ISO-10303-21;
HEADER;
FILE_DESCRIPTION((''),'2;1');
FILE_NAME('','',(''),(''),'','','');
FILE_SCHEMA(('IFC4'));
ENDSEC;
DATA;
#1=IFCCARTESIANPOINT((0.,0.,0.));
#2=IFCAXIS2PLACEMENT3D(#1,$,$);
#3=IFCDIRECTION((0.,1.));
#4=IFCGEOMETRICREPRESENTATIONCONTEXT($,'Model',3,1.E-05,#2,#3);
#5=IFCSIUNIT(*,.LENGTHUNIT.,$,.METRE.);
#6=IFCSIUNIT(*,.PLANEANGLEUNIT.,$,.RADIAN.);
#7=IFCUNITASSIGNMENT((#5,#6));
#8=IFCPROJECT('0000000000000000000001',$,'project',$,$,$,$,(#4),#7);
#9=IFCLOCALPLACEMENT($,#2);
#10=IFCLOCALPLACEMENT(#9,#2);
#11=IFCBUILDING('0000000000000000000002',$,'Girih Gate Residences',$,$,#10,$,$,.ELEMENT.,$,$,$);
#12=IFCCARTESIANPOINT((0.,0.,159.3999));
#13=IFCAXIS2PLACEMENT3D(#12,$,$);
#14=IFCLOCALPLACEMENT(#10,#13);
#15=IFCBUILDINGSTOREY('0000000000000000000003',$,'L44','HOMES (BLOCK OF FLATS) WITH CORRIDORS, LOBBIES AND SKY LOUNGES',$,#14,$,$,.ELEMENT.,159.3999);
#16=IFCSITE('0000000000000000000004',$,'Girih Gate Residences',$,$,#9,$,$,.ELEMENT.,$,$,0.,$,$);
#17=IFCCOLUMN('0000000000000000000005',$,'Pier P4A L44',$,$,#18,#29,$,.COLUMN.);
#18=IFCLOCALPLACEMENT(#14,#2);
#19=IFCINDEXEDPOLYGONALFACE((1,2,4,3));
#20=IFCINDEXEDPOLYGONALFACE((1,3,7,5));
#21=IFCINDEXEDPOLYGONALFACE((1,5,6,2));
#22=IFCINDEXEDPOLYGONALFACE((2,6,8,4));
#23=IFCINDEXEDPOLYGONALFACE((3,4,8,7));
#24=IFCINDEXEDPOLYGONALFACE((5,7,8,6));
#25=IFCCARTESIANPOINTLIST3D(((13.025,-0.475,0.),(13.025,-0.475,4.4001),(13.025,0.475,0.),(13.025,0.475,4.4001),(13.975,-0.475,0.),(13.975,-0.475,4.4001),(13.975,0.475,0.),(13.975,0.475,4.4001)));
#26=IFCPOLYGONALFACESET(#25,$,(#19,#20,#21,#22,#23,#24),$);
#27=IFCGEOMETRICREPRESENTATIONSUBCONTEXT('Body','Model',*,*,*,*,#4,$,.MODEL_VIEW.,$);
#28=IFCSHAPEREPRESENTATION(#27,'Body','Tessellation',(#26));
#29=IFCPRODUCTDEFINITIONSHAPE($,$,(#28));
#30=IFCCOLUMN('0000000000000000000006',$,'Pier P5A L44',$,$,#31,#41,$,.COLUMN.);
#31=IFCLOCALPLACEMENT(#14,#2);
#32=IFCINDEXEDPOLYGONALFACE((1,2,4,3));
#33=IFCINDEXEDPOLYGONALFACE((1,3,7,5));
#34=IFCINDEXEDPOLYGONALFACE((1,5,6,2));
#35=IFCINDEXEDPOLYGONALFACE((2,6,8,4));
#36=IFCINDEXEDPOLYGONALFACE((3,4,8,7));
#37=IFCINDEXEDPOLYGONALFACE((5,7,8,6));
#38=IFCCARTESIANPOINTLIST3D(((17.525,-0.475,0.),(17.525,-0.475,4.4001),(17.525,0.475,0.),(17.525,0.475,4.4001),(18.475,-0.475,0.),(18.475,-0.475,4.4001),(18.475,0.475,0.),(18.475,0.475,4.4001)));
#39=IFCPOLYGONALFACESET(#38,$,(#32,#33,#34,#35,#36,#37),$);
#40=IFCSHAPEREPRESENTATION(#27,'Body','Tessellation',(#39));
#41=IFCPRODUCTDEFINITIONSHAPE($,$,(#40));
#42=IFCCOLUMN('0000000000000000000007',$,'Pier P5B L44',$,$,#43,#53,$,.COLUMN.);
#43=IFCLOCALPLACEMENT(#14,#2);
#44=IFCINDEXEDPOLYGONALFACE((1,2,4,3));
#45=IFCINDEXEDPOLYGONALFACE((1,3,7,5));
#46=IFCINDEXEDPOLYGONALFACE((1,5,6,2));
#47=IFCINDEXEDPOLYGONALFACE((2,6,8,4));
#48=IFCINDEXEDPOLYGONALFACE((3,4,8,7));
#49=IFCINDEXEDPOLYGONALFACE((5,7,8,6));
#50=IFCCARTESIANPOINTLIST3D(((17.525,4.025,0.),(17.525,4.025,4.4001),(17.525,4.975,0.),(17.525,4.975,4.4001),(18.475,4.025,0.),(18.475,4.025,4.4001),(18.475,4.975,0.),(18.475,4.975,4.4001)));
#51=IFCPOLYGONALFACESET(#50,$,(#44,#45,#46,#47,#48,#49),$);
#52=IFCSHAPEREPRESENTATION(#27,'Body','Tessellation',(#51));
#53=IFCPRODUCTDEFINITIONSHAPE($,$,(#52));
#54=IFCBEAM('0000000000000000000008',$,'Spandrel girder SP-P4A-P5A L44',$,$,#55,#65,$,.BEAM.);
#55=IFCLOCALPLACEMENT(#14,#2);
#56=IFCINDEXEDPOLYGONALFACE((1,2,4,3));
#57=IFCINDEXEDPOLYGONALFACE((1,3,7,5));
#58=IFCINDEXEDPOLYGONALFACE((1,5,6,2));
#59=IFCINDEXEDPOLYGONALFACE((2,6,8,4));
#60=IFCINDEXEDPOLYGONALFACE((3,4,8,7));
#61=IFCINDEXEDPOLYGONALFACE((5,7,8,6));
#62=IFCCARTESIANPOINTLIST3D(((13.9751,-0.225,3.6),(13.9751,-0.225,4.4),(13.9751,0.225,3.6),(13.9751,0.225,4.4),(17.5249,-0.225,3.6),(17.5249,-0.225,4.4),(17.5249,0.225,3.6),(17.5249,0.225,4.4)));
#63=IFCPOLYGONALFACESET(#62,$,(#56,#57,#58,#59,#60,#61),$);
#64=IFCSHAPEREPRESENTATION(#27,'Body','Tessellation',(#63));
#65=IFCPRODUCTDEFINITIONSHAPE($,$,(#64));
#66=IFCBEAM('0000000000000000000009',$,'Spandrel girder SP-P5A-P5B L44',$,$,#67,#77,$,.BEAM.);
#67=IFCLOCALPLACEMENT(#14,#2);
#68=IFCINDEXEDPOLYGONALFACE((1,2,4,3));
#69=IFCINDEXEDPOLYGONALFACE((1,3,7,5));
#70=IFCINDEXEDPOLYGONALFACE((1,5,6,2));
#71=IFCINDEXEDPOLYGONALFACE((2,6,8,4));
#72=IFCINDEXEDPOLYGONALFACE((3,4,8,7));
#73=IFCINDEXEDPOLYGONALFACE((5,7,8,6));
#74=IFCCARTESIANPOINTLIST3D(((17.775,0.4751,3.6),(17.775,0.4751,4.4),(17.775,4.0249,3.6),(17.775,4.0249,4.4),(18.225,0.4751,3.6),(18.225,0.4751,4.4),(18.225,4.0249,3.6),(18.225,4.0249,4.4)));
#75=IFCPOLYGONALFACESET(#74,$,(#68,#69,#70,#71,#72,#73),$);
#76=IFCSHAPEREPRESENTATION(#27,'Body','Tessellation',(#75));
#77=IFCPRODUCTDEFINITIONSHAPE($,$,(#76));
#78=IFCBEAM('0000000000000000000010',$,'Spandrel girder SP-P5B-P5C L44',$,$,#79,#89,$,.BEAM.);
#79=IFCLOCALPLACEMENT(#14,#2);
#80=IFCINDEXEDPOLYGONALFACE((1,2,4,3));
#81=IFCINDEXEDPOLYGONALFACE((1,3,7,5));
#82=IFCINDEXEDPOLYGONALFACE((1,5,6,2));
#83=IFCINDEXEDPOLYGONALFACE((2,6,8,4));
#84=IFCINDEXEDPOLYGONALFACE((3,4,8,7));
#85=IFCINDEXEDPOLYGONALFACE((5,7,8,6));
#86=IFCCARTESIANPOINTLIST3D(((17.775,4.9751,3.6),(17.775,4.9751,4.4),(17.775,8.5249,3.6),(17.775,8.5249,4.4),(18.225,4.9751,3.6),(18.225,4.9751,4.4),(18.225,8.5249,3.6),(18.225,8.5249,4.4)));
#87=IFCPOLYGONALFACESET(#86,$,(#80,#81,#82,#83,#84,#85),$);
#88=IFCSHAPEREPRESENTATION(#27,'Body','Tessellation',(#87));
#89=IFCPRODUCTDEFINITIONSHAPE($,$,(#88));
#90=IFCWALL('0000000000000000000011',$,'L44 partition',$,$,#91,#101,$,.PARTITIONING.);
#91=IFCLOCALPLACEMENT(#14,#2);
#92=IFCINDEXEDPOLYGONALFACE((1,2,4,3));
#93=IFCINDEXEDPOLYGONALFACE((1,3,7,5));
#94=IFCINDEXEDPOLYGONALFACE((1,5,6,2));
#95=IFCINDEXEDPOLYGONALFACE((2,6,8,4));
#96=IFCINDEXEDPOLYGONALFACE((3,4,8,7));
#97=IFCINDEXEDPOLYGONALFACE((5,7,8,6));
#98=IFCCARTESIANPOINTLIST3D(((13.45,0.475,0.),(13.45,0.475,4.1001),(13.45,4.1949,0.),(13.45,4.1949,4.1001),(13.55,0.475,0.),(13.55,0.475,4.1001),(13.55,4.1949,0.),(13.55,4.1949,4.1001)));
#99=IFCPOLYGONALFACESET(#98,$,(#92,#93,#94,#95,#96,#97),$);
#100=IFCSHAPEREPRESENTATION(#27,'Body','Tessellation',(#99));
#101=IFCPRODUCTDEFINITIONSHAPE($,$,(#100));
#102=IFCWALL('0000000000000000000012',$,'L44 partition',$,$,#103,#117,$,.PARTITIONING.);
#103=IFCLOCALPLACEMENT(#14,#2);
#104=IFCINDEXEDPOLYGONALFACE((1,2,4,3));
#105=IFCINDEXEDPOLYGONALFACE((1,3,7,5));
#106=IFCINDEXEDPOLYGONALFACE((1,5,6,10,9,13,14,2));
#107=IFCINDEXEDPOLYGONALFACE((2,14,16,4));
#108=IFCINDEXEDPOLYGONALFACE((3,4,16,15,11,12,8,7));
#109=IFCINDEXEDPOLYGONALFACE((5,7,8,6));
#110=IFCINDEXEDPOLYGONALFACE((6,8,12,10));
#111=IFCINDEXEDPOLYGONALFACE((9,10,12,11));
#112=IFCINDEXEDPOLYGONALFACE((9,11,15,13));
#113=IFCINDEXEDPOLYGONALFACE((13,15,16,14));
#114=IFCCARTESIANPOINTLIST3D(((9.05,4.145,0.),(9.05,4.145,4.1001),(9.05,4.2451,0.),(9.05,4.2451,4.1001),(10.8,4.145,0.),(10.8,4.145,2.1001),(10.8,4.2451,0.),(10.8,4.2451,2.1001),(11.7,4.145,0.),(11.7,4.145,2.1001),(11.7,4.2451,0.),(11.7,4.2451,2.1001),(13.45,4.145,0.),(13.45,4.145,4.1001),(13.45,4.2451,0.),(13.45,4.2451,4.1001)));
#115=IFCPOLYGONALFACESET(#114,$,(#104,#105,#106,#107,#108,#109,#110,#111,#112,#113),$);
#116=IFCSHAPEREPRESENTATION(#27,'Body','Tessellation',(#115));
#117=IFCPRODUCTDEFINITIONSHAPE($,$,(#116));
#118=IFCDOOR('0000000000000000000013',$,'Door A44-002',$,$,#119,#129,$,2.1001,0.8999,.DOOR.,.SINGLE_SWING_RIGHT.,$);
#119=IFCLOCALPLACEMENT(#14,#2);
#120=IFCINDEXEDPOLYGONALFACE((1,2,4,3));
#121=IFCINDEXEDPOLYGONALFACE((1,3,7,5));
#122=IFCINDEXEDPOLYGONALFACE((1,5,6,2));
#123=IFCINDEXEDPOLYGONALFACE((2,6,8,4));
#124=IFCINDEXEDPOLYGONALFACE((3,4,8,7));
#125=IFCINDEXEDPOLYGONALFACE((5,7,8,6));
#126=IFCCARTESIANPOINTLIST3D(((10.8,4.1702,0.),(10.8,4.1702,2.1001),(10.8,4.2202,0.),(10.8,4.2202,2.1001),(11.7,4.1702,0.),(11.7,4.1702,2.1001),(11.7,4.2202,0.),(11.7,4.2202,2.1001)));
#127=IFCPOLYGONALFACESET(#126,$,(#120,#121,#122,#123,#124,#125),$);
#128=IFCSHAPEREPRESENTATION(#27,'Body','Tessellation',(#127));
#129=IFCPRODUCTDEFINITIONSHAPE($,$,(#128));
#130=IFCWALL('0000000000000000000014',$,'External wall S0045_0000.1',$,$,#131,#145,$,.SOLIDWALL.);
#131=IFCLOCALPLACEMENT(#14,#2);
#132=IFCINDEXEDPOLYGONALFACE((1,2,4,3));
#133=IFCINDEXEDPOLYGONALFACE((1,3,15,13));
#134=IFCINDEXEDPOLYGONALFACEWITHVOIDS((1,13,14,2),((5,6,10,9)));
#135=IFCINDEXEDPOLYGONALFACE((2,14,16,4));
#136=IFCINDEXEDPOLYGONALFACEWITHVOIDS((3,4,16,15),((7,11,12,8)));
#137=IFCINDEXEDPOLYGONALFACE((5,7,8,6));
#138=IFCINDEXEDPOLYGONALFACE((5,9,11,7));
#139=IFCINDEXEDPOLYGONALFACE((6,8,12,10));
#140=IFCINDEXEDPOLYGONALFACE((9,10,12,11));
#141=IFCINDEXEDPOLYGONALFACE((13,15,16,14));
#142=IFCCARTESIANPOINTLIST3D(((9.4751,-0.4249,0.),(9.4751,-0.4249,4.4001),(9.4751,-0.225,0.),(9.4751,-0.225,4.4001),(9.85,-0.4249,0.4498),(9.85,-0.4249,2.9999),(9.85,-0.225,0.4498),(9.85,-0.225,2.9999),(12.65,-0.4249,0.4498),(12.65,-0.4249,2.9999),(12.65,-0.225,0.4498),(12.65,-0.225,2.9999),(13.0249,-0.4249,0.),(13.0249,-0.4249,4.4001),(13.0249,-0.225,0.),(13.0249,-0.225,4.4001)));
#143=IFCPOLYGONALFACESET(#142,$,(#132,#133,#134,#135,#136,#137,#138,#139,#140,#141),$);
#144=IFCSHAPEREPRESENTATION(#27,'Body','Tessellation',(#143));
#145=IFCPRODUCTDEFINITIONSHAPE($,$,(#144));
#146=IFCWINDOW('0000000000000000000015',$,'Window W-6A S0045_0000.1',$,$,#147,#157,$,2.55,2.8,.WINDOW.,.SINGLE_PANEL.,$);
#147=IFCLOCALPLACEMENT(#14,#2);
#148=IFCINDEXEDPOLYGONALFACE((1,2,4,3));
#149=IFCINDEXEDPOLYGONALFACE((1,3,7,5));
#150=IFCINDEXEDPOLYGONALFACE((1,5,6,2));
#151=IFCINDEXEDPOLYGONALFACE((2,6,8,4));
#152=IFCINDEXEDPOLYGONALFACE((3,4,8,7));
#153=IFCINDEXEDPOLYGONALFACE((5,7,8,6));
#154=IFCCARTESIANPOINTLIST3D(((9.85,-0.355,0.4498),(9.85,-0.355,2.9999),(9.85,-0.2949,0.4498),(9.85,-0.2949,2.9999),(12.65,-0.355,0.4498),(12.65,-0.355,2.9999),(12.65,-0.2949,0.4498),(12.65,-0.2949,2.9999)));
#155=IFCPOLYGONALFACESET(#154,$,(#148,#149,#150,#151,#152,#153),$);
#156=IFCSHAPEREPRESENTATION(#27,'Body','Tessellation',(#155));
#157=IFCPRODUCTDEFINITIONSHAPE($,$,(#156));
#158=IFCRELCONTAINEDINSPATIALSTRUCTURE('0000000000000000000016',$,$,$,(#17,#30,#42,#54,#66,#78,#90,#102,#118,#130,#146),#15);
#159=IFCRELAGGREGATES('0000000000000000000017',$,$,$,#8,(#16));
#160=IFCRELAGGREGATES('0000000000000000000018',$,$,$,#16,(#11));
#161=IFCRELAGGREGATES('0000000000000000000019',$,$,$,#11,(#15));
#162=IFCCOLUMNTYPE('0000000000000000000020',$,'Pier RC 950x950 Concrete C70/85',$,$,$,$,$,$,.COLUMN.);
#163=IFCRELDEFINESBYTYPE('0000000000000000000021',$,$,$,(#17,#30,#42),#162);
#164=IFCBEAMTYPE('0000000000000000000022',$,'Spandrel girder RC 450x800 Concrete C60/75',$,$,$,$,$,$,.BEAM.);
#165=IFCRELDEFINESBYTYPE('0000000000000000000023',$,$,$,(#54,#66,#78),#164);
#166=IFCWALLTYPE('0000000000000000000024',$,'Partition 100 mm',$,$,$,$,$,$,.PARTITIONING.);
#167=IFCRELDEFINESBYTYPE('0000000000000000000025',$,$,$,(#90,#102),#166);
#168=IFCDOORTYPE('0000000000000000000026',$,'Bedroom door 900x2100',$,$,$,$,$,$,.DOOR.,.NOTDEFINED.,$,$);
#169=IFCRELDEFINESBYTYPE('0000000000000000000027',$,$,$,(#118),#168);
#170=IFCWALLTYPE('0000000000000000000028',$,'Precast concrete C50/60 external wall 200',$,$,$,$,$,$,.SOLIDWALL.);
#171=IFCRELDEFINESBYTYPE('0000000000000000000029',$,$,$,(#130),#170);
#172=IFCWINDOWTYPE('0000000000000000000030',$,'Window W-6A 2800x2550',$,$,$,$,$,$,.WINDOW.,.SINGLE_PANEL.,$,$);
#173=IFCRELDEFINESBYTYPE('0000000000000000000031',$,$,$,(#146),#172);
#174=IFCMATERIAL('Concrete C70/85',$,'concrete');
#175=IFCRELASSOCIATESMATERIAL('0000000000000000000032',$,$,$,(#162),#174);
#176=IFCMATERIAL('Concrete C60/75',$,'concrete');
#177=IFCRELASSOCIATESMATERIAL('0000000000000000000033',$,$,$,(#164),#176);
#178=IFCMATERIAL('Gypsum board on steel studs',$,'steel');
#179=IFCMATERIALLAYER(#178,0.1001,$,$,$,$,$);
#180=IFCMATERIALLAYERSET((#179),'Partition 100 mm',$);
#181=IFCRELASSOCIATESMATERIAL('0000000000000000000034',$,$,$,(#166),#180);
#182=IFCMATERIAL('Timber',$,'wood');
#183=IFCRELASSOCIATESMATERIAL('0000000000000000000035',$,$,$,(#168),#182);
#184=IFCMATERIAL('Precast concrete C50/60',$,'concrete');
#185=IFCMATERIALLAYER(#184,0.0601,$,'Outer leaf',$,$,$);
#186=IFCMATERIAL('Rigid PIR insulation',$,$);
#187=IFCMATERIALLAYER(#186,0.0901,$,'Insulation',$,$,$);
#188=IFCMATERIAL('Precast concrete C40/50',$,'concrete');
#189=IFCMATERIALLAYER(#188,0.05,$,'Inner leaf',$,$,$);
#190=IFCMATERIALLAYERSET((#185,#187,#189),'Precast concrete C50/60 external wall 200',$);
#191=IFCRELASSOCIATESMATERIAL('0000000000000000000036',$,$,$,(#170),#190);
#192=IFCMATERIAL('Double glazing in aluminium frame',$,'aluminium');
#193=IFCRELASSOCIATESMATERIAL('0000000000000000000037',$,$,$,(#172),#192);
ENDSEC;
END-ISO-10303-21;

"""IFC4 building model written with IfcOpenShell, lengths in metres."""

from ifc_helpers import new_model, si_unit, direction, frame, frame_2d, origin, origin_2d, place, context, subcontext, project, spatial, rectangle, extrude, material, layer, layer_set, material_profile, profile_set, type_object, element, fill, save


model = new_model("IFC4")

# Units and contexts
model_context = context("Model", 3, precision=1e-05, world=origin(), true_north=direction((0.0, 1.0)))
body_context = subcontext(model_context, "Body", "Model", "MODEL_VIEW")
ifc_project = project(units=[si_unit("LENGTHUNIT", "METRE"), si_unit("PLANEANGLEUNIT", "RADIAN")], contexts=[model_context])

# Site, building, storey
site_placement = place(None, origin())
site = spatial("IfcSite", under=ifc_project, at=site_placement, Name="Girih Gate Residences", CompositionType="ELEMENT", RefElevation=0.0)
building_placement = place(site_placement, origin())
building = spatial("IfcBuilding", under=site, at=building_placement, Name="Girih Gate Residences", CompositionType="ELEMENT")
storey_placement = place(building_placement, frame((0.0, 0.0, 159.3999)))
storey = spatial("IfcBuildingStorey", under=building, at=storey_placement, Name="L44", Description="HOMES (BLOCK OF FLATS) WITH CORRIDORS, LOBBIES AND SKY LOUNGES", CompositionType="ELEMENT", Elevation=159.3999)

# Columns
ifc_material_1 = material(Name="Concrete C70/85", Category="concrete")
ifc_material_profile_1 = material_profile(ifc_material_1, rectangle(XDim=0.95, YDim=0.95, at=origin_2d()))
ifc_profile_set_1 = profile_set([ifc_material_profile_1], Name="Concrete C70/85")
column_type = type_object("IfcColumnType", Name="Pier RC 950x950 Concrete C70/85", PredefinedType="COLUMN", material=ifc_profile_set_1)
for number, where, z_axis, x_axis, name in (
    (1, (13.5, 0.0, 0.0), (0.0, 0.0, 1.0), (1.0, 0.0, 0.0), "Pier P4A L44"),
    (2, (18.0, 0.0, 0.0), (0.0, 0.0, 1.0), (1.0, 0.0, 0.0), "Pier P5A L44"),
    (3, (18.0, 4.5, 0.0), (0.0, 0.0, 1.0), (1.0, 0.0, 0.0), "Pier P5B L44"),
):
    element("IfcColumn", number, at=place(storey_placement, frame(where, z_axis=z_axis, x_axis=x_axis)), inside=storey, type_object=column_type, Name=name, PredefinedType="COLUMN", context=body_context, shape_type="SweptSolid", body=[
        extrude(rectangle(XDim=0.95, YDim=0.95, at=origin_2d()), origin(), (0.0, 0.0, 1.0), 4.4001),
    ])

# Beams
ifc_material_2 = material(Name="Concrete C60/75", Category="concrete")
ifc_material_profile_2 = material_profile(ifc_material_2, rectangle(XDim=0.45, YDim=0.8, at=origin_2d()))
ifc_profile_set_2 = profile_set([ifc_material_profile_2], Name="Concrete C60/75")
beam_type = type_object("IfcBeamType", Name="Spandrel girder RC 450x800 Concrete C60/75", PredefinedType="BEAM", material=ifc_profile_set_2)
for number, where, z_axis, x_axis, name in (
    (4, (13.9751, 0.0, 4.0), (1.0, 0.0, 0.0), (0.0, 1.0, 0.0), "Spandrel girder SP-P4A-P5A L44"),
    (5, (18.0, 0.4751, 4.0), (0.0, 1.0, 0.0), (-1.0, 0.0, 0.0), "Spandrel girder SP-P5A-P5B L44"),
    (6, (18.0, 4.9751, 4.0), (0.0, 1.0, 0.0), (-1.0, 0.0, 0.0), "Spandrel girder SP-P5B-P5C L44"),
):
    element("IfcBeam", number, at=place(storey_placement, frame(where, z_axis=z_axis, x_axis=x_axis)), inside=storey, type_object=beam_type, Name=name, PredefinedType="BEAM", context=body_context, shape_type="SweptSolid", body=[
        extrude(rectangle(XDim=0.45, YDim=0.8, at=origin_2d()), origin(), (0.0, 0.0, 1.0), 3.5498),
    ])

# Wall
ifc_material_3 = material(Name="Gypsum board on steel studs", Category="steel")
ifc_layer_1 = layer(ifc_material_3, 0.1001)
ifc_layer_set_1 = layer_set([ifc_layer_1], Name="Partition 100 mm")
wall_type_1 = type_object("IfcWallType", Name="Partition 100 mm", PredefinedType="PARTITIONING", material=ifc_layer_set_1)
wall_1_placement = place(storey_placement, frame((13.5, 0.4751, 0.0), z_axis=(0.0, 0.0, 1.0), x_axis=(0.0, 1.0, 0.0)))
element("IfcWall", 7, at=wall_1_placement, inside=storey, type_object=wall_type_1, Name="L44 partition", PredefinedType="PARTITIONING", context=body_context, shape_type="SweptSolid", body=[
    extrude(rectangle(XDim=3.72, YDim=0.1001, at=frame_2d((1.8599, 0.0))), origin(), (0.0, 0.0, 1.0), 4.1001),
])

# Wall, opening, door
wall_2_placement = place(storey_placement, frame((13.45, 4.1951, 0.0), z_axis=(0.0, 0.0, 1.0), x_axis=(-1.0, 0.0, 0.0)))
wall_2 = element("IfcWall", 8, at=wall_2_placement, inside=storey, type_object=wall_type_1, Name="L44 partition", PredefinedType="PARTITIONING", context=body_context, shape_type="SweptSolid", body=[
    extrude(rectangle(XDim=4.3999, YDim=0.1001, at=frame_2d((2.2, 0.0))), origin(), (0.0, 0.0, 1.0), 4.1001),
])
opening_1_placement = place(wall_2_placement, frame((1.75, 0.0, 0.0)))
opening_1 = element("IfcOpeningElement", 9, at=opening_1_placement, cuts=wall_2, PredefinedType="OPENING", context=body_context, shape_type="SweptSolid", body=[
    extrude(rectangle(XDim=0.8999, YDim=2.1001, at=frame_2d((0.45, 1.05))), frame((0.0, 0.0601, 0.0), z_axis=(0.0, -1.0, 0.0), x_axis=(1.0, 0.0, 0.0)), (0.0, 0.0, 1.0), 0.1201),
])
ifc_material_4 = material(Name="Timber", Category="wood")
door_type = type_object("IfcDoorType", Name="Bedroom door 900x2100", OperationType="NOTDEFINED", PredefinedType="DOOR", material=ifc_material_4)
door_placement = place(opening_1_placement, origin())
door = element("IfcDoor", 10, at=door_placement, inside=storey, type_object=door_type, Name="Door A44-002", OperationType="SINGLE_SWING_RIGHT", OverallHeight=2.1001, OverallWidth=0.8999, PredefinedType="DOOR", context=body_context, shape_type="SweptSolid", body=[
    extrude(rectangle(XDim=0.8999, YDim=2.1001, at=frame_2d((0.45, 1.05))), frame((0.0, 0.0249, 0.0), z_axis=(0.0, -1.0, 0.0), x_axis=(1.0, 0.0, 0.0)), (0.0, 0.0, 1.0), 0.05),
])
fill(opening_1, door)

# Wall, opening, window
ifc_material_5 = material(Name="Precast concrete C50/60", Category="concrete")
ifc_layer_2 = layer(ifc_material_5, 0.0601, Name="Outer leaf")
ifc_material_6 = material(Name="Rigid PIR insulation")
ifc_layer_3 = layer(ifc_material_6, 0.0901, Name="Insulation")
ifc_material_7 = material(Name="Precast concrete C40/50", Category="concrete")
ifc_layer_4 = layer(ifc_material_7, 0.05, Name="Inner leaf")
ifc_layer_set_2 = layer_set([ifc_layer_2, ifc_layer_3, ifc_layer_4], Name="Precast concrete C50/60 external wall 200")
wall_type_2 = type_object("IfcWallType", Name="Precast concrete C50/60 external wall 200", PredefinedType="SOLIDWALL", material=ifc_layer_set_2)
wall_3_placement = place(storey_placement, frame((13.0249, -0.325, 0.0), z_axis=(0.0, 0.0, 1.0), x_axis=(-1.0, 0.0, 0.0)))
wall_3 = element("IfcWall", 11, at=wall_3_placement, inside=storey, type_object=wall_type_2, Name="External wall S0045_0000.1", PredefinedType="SOLIDWALL", context=body_context, shape_type="SweptSolid", body=[
    extrude(rectangle(XDim=3.5498, YDim=0.2, at=frame_2d((1.7749, 0.0))), origin(), (0.0, 0.0, 1.0), 4.4001),
])
opening_2_placement = place(wall_3_placement, frame((0.375, 0.0, 0.45)))
opening_2 = element("IfcOpeningElement", 12, at=opening_2_placement, cuts=wall_3, PredefinedType="OPENING", context=body_context, shape_type="SweptSolid", body=[
    extrude(rectangle(XDim=2.8, YDim=2.55, at=frame_2d((1.3999, 1.2749))), frame((0.0, 0.1099, 0.0), z_axis=(0.0, -1.0, 0.0), x_axis=(1.0, 0.0, 0.0)), (0.0, 0.0, 1.0), 0.22),
])
ifc_material_8 = material(Name="Double glazing in aluminium frame", Category="aluminium")
window_type = type_object("IfcWindowType", Name="Window W-6A 2800x2550", PartitioningType="SINGLE_PANEL", PredefinedType="WINDOW", material=ifc_material_8)
window_1_placement = place(opening_2_placement, origin())
window_1 = element("IfcWindow", 13, at=window_1_placement, inside=storey, type_object=window_type, Name="Window W-6A S0045_0000.1", OverallHeight=2.55, OverallWidth=2.8, PartitioningType="SINGLE_PANEL", PredefinedType="WINDOW", context=body_context, shape_type="SweptSolid", body=[
    extrude(rectangle(XDim=2.8, YDim=2.55, at=frame_2d((1.3999, 1.2749))), frame((0.0, 0.03, 0.0), z_axis=(0.0, -1.0, 0.0), x_axis=(1.0, 0.0, 0.0)), (0.0, 0.0, 1.0), 0.0601),
])
fill(opening_2, window_1)

save(model, "model.ifc")
